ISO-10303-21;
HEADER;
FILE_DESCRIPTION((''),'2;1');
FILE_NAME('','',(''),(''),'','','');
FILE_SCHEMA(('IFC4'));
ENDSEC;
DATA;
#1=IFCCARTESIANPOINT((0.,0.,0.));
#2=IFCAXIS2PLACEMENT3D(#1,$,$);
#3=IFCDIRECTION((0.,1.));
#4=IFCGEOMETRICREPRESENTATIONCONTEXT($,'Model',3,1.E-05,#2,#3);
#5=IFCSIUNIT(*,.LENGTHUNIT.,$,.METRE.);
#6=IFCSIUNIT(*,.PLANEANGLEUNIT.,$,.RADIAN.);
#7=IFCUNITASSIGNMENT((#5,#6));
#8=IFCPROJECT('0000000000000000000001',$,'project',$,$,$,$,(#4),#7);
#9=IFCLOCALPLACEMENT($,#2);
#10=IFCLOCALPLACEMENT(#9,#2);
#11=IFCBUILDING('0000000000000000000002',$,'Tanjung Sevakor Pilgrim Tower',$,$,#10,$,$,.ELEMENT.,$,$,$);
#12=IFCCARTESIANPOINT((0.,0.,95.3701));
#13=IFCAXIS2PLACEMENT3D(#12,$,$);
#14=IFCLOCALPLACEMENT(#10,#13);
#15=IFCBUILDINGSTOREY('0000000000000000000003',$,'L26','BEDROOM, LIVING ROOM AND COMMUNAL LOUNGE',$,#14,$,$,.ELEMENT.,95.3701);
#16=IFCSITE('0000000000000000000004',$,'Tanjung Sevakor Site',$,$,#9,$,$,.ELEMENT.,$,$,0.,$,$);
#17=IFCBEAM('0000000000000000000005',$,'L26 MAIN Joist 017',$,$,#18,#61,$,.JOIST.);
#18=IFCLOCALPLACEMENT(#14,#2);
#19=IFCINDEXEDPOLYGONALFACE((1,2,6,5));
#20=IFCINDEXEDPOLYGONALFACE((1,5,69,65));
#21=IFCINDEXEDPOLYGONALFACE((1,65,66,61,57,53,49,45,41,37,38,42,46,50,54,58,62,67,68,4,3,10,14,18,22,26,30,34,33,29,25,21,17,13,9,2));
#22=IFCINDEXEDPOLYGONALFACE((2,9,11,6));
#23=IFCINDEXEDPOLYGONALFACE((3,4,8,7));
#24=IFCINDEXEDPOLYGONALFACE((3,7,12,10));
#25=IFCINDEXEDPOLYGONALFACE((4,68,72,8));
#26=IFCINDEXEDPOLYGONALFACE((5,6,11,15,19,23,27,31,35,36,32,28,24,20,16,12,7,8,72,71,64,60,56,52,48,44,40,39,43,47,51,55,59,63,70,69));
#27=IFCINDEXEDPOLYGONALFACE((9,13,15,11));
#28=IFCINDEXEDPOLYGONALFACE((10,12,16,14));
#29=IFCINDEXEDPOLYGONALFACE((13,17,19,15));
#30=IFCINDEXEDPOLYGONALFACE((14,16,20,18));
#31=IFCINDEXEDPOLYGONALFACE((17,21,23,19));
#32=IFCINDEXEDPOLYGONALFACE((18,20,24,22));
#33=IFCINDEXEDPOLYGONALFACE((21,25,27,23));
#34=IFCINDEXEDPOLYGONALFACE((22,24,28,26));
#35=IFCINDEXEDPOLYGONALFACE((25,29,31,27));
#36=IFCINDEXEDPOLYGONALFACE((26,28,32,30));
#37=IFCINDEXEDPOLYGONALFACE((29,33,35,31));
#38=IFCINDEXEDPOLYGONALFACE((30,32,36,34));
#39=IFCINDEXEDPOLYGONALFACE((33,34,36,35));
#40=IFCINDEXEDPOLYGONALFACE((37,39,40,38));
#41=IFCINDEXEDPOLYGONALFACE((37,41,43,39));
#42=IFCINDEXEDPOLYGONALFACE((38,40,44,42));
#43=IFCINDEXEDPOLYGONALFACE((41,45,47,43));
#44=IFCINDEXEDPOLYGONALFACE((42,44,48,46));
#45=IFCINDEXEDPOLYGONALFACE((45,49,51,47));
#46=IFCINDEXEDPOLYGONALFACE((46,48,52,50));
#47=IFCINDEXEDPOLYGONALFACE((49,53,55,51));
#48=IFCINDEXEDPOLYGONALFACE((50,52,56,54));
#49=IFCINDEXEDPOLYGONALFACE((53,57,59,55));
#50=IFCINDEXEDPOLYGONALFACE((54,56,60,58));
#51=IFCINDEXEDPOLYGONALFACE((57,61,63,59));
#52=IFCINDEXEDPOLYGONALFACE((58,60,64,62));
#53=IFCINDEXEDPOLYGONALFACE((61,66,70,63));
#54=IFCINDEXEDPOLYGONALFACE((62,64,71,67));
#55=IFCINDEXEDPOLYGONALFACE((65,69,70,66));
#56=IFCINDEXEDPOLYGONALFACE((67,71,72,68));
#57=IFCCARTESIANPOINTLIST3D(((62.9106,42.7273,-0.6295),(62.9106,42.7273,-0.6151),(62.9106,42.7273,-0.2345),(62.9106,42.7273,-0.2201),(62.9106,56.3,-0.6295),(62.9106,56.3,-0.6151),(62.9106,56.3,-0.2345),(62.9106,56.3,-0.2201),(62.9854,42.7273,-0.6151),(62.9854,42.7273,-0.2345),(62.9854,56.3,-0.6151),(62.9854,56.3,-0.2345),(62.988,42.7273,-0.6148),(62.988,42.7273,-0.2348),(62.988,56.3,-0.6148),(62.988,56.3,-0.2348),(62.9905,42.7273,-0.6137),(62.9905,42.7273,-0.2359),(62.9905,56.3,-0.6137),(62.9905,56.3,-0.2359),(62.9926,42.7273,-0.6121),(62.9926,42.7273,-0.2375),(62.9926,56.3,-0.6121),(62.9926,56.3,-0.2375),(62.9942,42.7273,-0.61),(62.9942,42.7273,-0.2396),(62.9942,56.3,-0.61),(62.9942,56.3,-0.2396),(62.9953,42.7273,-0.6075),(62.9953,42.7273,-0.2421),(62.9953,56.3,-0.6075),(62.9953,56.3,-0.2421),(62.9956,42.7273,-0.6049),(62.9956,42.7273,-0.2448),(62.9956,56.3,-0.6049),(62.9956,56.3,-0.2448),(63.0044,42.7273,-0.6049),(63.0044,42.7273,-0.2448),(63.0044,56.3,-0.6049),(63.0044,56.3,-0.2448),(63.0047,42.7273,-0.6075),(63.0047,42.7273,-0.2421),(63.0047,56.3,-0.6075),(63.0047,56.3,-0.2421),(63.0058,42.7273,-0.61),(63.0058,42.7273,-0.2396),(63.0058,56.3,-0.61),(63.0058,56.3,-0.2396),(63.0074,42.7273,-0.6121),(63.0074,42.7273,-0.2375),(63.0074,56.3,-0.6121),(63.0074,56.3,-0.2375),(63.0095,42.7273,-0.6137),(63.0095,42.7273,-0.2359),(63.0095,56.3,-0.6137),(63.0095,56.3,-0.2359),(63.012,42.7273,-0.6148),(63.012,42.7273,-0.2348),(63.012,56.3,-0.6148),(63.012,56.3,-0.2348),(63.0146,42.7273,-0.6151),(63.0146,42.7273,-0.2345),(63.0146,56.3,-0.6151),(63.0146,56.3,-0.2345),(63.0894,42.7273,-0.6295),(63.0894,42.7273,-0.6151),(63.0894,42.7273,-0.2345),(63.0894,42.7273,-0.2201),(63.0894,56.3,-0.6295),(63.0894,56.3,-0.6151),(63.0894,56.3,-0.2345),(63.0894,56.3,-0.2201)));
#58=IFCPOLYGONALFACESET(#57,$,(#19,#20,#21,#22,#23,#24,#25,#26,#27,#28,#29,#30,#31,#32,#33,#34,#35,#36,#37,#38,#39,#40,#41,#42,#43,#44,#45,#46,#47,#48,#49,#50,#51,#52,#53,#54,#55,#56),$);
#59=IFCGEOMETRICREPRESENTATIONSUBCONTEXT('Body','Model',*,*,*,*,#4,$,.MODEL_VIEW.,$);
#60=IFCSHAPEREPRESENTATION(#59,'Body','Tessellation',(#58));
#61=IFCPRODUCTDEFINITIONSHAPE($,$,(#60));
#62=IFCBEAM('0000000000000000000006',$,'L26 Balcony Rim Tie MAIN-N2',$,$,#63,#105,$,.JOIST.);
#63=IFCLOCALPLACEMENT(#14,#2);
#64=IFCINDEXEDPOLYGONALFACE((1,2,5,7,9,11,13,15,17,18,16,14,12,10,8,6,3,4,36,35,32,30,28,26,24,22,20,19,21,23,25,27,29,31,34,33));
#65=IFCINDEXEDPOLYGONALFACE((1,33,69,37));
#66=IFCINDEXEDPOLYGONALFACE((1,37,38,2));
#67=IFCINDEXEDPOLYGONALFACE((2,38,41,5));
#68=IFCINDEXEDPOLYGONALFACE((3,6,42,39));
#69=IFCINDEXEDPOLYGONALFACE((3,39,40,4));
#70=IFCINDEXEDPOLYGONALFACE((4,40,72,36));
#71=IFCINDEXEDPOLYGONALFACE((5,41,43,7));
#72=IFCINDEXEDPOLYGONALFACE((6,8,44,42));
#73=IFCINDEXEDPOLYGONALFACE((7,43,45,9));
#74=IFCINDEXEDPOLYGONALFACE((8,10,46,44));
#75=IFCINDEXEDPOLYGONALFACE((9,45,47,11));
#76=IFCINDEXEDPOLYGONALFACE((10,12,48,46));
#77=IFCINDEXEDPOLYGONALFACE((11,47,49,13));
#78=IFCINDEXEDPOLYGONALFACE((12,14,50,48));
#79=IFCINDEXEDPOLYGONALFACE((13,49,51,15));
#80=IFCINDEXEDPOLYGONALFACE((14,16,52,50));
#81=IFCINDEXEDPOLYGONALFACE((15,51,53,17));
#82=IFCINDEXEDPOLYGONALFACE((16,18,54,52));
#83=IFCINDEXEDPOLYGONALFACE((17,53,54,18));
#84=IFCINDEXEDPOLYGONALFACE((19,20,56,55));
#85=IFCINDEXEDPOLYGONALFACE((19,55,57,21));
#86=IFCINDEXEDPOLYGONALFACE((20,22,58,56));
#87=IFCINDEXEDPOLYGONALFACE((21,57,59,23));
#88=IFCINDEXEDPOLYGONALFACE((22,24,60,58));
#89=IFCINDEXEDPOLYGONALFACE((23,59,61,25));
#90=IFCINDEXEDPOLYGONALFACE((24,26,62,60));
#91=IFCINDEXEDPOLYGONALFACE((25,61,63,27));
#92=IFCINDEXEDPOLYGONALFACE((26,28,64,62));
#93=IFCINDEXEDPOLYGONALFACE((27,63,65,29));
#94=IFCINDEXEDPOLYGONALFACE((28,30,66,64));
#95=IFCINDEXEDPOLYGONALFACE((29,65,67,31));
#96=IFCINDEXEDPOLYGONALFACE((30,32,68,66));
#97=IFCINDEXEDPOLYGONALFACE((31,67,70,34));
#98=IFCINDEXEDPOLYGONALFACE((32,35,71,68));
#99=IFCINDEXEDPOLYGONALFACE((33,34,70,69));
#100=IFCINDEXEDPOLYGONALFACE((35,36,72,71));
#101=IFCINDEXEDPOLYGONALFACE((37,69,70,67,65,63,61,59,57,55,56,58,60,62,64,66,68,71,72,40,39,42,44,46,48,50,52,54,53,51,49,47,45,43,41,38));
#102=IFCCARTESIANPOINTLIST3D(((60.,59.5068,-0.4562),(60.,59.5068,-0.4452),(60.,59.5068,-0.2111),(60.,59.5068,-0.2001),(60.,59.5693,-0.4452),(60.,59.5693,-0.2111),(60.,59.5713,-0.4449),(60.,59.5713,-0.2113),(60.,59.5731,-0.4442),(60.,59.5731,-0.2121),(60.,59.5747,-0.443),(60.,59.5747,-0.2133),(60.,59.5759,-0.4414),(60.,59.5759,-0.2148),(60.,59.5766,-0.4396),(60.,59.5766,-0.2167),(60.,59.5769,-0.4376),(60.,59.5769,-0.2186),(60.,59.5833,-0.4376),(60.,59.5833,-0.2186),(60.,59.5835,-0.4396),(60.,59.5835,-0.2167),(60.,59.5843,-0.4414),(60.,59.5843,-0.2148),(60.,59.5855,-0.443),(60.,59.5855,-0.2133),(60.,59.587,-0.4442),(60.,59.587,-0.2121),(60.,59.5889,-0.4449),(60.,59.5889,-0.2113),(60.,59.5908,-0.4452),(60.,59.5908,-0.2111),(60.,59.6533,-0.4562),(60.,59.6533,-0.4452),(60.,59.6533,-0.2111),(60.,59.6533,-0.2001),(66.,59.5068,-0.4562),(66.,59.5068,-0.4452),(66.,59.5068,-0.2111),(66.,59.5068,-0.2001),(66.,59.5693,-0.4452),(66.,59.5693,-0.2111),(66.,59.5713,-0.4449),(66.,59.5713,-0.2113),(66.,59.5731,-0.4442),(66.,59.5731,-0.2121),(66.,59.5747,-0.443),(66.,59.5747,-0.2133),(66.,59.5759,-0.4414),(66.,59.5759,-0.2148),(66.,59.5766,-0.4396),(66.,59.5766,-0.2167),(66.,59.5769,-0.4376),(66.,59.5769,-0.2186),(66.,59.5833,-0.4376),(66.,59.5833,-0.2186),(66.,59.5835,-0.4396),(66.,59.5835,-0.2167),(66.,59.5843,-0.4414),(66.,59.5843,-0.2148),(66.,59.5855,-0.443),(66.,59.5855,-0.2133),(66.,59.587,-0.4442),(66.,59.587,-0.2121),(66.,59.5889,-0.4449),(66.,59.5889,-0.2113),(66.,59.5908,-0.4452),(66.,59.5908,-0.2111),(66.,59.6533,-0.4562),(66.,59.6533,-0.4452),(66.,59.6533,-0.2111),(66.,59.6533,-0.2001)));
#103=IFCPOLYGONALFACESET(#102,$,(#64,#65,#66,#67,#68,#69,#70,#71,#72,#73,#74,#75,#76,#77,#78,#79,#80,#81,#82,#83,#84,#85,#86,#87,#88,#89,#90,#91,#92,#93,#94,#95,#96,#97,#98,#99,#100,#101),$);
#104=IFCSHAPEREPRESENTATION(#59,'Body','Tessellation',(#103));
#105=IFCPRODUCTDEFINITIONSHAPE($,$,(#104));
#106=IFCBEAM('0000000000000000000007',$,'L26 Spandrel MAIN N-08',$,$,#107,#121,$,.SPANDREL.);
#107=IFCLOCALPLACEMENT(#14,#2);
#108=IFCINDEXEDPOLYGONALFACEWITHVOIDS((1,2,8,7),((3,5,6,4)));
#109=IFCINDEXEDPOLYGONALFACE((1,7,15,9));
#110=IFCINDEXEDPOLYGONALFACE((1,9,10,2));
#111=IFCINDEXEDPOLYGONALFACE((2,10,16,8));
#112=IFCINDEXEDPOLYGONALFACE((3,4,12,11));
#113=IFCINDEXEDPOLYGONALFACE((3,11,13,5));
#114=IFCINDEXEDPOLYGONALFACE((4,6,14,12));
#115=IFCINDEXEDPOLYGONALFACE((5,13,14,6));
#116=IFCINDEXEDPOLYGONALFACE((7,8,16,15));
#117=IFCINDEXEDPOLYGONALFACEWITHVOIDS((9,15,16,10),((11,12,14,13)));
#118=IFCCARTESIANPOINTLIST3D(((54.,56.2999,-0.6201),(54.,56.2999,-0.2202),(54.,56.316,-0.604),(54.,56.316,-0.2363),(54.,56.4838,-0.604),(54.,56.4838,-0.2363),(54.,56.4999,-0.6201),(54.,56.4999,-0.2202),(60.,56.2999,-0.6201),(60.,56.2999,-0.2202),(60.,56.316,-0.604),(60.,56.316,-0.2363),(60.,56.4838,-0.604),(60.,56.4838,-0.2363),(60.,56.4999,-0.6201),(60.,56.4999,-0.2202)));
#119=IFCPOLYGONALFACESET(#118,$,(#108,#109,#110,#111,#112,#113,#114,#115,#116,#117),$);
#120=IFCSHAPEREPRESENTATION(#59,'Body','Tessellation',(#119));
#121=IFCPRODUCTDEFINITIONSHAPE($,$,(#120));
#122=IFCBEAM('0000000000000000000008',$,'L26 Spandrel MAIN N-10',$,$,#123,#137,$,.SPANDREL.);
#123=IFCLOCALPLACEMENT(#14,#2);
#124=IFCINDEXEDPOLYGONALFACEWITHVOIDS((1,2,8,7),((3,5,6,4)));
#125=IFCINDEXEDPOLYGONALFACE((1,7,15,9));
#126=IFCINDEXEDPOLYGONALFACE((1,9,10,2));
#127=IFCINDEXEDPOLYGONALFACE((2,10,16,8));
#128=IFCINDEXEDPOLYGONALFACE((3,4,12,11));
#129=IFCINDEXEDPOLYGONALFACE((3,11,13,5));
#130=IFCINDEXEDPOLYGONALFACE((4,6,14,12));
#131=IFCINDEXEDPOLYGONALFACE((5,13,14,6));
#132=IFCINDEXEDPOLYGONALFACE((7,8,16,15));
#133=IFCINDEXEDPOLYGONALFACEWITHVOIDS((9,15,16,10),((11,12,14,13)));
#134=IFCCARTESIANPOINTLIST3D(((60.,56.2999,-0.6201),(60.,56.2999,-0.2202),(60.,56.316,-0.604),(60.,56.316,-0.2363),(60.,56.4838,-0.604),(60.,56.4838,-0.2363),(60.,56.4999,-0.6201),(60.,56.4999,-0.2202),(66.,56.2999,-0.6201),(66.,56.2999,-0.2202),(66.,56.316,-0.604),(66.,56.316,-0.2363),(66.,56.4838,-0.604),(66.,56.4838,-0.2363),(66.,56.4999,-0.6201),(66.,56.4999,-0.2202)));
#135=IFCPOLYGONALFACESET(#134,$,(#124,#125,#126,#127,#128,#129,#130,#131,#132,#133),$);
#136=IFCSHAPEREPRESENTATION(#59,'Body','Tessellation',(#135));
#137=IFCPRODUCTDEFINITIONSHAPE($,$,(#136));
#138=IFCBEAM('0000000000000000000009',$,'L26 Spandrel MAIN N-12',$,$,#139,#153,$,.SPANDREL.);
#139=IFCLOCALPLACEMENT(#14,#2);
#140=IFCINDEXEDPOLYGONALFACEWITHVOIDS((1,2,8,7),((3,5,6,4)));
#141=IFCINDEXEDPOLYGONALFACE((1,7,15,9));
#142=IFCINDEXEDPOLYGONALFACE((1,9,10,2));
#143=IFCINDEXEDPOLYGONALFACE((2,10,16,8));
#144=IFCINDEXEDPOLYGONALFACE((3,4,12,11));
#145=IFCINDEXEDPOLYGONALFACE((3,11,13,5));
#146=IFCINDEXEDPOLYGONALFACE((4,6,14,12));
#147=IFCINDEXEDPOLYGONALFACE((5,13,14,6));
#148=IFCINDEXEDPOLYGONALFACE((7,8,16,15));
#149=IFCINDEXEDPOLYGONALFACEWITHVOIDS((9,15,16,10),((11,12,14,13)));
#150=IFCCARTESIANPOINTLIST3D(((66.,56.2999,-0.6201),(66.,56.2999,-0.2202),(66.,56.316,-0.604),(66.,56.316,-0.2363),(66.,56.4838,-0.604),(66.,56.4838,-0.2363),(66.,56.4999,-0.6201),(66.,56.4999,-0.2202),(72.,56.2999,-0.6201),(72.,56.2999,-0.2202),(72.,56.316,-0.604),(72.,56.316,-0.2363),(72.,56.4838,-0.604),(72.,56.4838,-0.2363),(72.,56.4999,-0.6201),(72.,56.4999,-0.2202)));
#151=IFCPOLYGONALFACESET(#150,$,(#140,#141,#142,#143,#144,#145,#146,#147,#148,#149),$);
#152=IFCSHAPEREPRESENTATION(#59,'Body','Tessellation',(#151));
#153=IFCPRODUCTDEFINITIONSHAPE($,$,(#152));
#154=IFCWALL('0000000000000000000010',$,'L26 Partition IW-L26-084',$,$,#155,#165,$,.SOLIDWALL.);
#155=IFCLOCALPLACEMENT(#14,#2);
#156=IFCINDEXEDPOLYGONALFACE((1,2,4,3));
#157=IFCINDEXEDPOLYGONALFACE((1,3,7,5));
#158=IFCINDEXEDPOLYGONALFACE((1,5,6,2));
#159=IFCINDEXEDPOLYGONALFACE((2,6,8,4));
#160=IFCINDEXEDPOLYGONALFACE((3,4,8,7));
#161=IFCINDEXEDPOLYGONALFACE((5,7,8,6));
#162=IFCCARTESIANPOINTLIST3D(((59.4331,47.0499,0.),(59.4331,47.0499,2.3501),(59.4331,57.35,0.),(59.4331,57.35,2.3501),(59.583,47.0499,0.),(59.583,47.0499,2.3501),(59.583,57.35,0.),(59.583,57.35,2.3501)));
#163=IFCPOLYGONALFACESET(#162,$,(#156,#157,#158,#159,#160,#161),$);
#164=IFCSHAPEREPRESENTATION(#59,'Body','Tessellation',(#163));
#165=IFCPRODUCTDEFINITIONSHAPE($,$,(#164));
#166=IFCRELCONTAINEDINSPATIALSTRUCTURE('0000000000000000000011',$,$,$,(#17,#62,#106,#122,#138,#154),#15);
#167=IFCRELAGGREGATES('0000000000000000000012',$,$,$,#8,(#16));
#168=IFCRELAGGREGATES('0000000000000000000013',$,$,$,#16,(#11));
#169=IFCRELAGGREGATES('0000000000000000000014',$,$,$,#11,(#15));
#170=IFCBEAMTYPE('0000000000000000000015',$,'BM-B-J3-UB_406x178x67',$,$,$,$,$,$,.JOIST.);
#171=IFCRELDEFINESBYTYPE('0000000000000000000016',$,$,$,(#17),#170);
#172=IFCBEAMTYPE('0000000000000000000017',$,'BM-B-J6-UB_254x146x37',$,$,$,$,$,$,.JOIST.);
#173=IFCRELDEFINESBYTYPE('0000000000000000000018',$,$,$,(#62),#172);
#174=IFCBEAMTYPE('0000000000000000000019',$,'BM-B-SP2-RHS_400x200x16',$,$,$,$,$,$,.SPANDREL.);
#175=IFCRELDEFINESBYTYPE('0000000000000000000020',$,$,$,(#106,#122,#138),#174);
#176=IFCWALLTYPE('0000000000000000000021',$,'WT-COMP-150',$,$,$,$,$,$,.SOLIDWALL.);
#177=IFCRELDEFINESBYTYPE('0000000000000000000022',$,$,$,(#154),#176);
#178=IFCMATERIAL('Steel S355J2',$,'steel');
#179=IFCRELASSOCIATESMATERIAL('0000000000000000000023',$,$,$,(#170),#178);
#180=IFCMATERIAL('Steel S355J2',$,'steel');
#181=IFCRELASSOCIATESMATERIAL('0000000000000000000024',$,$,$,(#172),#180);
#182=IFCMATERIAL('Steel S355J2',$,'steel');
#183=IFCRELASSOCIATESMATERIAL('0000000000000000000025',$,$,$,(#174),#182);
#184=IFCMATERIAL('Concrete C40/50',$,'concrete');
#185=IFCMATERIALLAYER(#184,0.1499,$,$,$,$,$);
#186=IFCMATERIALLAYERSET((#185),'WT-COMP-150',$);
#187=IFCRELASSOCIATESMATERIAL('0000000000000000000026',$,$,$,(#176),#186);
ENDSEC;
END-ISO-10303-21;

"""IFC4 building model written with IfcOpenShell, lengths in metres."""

from ifc_helpers import new_model, si_unit, direction, frame, frame_2d, origin, origin_2d, place, context, subcontext, project, spatial, rectangle, hollow_rectangle, i_section, extrude, material, layer, layer_set, material_profile, profile_set, type_object, element, save


model = new_model("IFC4")

# Units and contexts
model_context = context("Model", 3, precision=1e-05, world=origin(), true_north=direction((0.0, 1.0)))
body_context = subcontext(model_context, "Body", "Model", "MODEL_VIEW")
ifc_project = project(units=[si_unit("LENGTHUNIT", "METRE"), si_unit("PLANEANGLEUNIT", "RADIAN")], contexts=[model_context])

# Site, building, storey
site_placement = place(None, origin())
site = spatial("IfcSite", under=ifc_project, at=site_placement, Name="Tanjung Sevakor Site", CompositionType="ELEMENT", RefElevation=0.0)
building_placement = place(site_placement, origin())
building = spatial("IfcBuilding", under=site, at=building_placement, Name="Tanjung Sevakor Pilgrim Tower", CompositionType="ELEMENT")
storey_placement = place(building_placement, frame((0.0, 0.0, 95.3701)))
storey = spatial("IfcBuildingStorey", under=building, at=storey_placement, Name="L26", Description="BEDROOM, LIVING ROOM AND COMMUNAL LOUNGE", CompositionType="ELEMENT", Elevation=95.3701)

# Beams
ifc_material_1 = material(Name="Steel S355J2", Category="steel")
ifc_material_profile_1 = material_profile(ifc_material_1, i_section(OverallWidth=0.1787, OverallDepth=0.4094, WebThickness=0.0088, FlangeThickness=0.0144, FilletRadius=0.0103, at=origin_2d()))
ifc_profile_set_1 = profile_set([ifc_material_profile_1], Name="Steel S355J2")
beam_type_1 = type_object("IfcBeamType", Name="BM-B-J3-UB_406x178x67", PredefinedType="JOIST", material=ifc_profile_set_1)
for number, where, z_axis, x_axis, name in (
    (1, (63.0, 42.7273, -0.4248), (0.0, 1.0, 0.0), (-1.0, 0.0, 0.0), "L26 MAIN Joist 017"),
):
    element("IfcBeam", number, at=place(storey_placement, frame(where, z_axis=z_axis, x_axis=x_axis)), inside=storey, type_object=beam_type_1, Name=name, PredefinedType="JOIST", context=body_context, shape_type="SweptSolid", body=[
        extrude(i_section(OverallWidth=0.1787, OverallDepth=0.4094, WebThickness=0.0088, FlangeThickness=0.0144, FilletRadius=0.0103, at=origin_2d()), origin(), (0.0, 0.0, 1.0), 13.5728),
    ])
ifc_material_2 = material(Name="Steel S355J2", Category="steel")
ifc_material_profile_2 = material_profile(ifc_material_2, i_section(OverallWidth=0.1465, OverallDepth=0.2561, WebThickness=0.0063, FlangeThickness=0.011, FilletRadius=0.0076, at=origin_2d()))
ifc_profile_set_2 = profile_set([ifc_material_profile_2], Name="Steel S355J2")
beam_type_2 = type_object("IfcBeamType", Name="BM-B-J6-UB_254x146x37", PredefinedType="JOIST", material=ifc_profile_set_2)
beam_1_placement = place(storey_placement, frame((60.0, 59.5801, -0.3281), z_axis=(1.0, 0.0, 0.0), x_axis=(0.0, 1.0, 0.0)))
element("IfcBeam", 2, at=beam_1_placement, inside=storey, type_object=beam_type_2, Name="L26 Balcony Rim Tie MAIN-N2", PredefinedType="JOIST", context=body_context, shape_type="SweptSolid", body=[
    extrude(i_section(OverallWidth=0.1465, OverallDepth=0.2561, WebThickness=0.0063, FlangeThickness=0.011, FilletRadius=0.0076, at=origin_2d()), origin(), (0.0, 0.0, 1.0), 6.0),
])
ifc_material_3 = material(Name="Steel S355J2", Category="steel")
ifc_material_profile_3 = material_profile(ifc_material_3, hollow_rectangle(XDim=0.2, YDim=0.3999, WallThickness=0.0161, at=origin_2d()))
ifc_profile_set_3 = profile_set([ifc_material_profile_3], Name="Steel S355J2")
beam_type_3 = type_object("IfcBeamType", Name="BM-B-SP2-RHS_400x200x16", PredefinedType="SPANDREL", material=ifc_profile_set_3)
for number, where, z_axis, x_axis, name in (
    (3, (54.0, 56.3999, -0.4202), (1.0, 0.0, 0.0), (0.0, 1.0, 0.0), "L26 Spandrel MAIN N-08"),
    (4, (60.0, 56.3999, -0.4202), (1.0, 0.0, 0.0), (0.0, 1.0, 0.0), "L26 Spandrel MAIN N-10"),
    (5, (66.0, 56.3999, -0.4202), (1.0, 0.0, 0.0), (0.0, 1.0, 0.0), "L26 Spandrel MAIN N-12"),
):
    element("IfcBeam", number, at=place(storey_placement, frame(where, z_axis=z_axis, x_axis=x_axis)), inside=storey, type_object=beam_type_3, Name=name, PredefinedType="SPANDREL", context=body_context, shape_type="SweptSolid", body=[
        extrude(hollow_rectangle(XDim=0.2, YDim=0.3999, WallThickness=0.0161, at=origin_2d()), origin(), (0.0, 0.0, 1.0), 6.0),
    ])

# Wall
ifc_material_4 = material(Name="Concrete C40/50", Category="concrete")
ifc_layer_1 = layer(ifc_material_4, 0.1499)
ifc_layer_set_1 = layer_set([ifc_layer_1], Name="WT-COMP-150")
wall_type_1 = type_object("IfcWallType", Name="WT-COMP-150", PredefinedType="SOLIDWALL", material=ifc_layer_set_1)
wall_1_placement = place(storey_placement, frame((59.5081, 47.05, 0.0), z_axis=(0.0, 0.0, 1.0), x_axis=(0.0, 1.0, 0.0)))
element("IfcWall", 6, at=wall_1_placement, inside=storey, type_object=wall_type_1, Name="L26 Partition IW-L26-084", PredefinedType="SOLIDWALL", context=body_context, shape_type="SweptSolid", body=[
    extrude(rectangle(XDim=10.3, YDim=0.1499, at=frame_2d((5.1499, 0.0))), origin(), (0.0, 0.0, 1.0), 2.3501),
])

save(model, "model.ifc")
